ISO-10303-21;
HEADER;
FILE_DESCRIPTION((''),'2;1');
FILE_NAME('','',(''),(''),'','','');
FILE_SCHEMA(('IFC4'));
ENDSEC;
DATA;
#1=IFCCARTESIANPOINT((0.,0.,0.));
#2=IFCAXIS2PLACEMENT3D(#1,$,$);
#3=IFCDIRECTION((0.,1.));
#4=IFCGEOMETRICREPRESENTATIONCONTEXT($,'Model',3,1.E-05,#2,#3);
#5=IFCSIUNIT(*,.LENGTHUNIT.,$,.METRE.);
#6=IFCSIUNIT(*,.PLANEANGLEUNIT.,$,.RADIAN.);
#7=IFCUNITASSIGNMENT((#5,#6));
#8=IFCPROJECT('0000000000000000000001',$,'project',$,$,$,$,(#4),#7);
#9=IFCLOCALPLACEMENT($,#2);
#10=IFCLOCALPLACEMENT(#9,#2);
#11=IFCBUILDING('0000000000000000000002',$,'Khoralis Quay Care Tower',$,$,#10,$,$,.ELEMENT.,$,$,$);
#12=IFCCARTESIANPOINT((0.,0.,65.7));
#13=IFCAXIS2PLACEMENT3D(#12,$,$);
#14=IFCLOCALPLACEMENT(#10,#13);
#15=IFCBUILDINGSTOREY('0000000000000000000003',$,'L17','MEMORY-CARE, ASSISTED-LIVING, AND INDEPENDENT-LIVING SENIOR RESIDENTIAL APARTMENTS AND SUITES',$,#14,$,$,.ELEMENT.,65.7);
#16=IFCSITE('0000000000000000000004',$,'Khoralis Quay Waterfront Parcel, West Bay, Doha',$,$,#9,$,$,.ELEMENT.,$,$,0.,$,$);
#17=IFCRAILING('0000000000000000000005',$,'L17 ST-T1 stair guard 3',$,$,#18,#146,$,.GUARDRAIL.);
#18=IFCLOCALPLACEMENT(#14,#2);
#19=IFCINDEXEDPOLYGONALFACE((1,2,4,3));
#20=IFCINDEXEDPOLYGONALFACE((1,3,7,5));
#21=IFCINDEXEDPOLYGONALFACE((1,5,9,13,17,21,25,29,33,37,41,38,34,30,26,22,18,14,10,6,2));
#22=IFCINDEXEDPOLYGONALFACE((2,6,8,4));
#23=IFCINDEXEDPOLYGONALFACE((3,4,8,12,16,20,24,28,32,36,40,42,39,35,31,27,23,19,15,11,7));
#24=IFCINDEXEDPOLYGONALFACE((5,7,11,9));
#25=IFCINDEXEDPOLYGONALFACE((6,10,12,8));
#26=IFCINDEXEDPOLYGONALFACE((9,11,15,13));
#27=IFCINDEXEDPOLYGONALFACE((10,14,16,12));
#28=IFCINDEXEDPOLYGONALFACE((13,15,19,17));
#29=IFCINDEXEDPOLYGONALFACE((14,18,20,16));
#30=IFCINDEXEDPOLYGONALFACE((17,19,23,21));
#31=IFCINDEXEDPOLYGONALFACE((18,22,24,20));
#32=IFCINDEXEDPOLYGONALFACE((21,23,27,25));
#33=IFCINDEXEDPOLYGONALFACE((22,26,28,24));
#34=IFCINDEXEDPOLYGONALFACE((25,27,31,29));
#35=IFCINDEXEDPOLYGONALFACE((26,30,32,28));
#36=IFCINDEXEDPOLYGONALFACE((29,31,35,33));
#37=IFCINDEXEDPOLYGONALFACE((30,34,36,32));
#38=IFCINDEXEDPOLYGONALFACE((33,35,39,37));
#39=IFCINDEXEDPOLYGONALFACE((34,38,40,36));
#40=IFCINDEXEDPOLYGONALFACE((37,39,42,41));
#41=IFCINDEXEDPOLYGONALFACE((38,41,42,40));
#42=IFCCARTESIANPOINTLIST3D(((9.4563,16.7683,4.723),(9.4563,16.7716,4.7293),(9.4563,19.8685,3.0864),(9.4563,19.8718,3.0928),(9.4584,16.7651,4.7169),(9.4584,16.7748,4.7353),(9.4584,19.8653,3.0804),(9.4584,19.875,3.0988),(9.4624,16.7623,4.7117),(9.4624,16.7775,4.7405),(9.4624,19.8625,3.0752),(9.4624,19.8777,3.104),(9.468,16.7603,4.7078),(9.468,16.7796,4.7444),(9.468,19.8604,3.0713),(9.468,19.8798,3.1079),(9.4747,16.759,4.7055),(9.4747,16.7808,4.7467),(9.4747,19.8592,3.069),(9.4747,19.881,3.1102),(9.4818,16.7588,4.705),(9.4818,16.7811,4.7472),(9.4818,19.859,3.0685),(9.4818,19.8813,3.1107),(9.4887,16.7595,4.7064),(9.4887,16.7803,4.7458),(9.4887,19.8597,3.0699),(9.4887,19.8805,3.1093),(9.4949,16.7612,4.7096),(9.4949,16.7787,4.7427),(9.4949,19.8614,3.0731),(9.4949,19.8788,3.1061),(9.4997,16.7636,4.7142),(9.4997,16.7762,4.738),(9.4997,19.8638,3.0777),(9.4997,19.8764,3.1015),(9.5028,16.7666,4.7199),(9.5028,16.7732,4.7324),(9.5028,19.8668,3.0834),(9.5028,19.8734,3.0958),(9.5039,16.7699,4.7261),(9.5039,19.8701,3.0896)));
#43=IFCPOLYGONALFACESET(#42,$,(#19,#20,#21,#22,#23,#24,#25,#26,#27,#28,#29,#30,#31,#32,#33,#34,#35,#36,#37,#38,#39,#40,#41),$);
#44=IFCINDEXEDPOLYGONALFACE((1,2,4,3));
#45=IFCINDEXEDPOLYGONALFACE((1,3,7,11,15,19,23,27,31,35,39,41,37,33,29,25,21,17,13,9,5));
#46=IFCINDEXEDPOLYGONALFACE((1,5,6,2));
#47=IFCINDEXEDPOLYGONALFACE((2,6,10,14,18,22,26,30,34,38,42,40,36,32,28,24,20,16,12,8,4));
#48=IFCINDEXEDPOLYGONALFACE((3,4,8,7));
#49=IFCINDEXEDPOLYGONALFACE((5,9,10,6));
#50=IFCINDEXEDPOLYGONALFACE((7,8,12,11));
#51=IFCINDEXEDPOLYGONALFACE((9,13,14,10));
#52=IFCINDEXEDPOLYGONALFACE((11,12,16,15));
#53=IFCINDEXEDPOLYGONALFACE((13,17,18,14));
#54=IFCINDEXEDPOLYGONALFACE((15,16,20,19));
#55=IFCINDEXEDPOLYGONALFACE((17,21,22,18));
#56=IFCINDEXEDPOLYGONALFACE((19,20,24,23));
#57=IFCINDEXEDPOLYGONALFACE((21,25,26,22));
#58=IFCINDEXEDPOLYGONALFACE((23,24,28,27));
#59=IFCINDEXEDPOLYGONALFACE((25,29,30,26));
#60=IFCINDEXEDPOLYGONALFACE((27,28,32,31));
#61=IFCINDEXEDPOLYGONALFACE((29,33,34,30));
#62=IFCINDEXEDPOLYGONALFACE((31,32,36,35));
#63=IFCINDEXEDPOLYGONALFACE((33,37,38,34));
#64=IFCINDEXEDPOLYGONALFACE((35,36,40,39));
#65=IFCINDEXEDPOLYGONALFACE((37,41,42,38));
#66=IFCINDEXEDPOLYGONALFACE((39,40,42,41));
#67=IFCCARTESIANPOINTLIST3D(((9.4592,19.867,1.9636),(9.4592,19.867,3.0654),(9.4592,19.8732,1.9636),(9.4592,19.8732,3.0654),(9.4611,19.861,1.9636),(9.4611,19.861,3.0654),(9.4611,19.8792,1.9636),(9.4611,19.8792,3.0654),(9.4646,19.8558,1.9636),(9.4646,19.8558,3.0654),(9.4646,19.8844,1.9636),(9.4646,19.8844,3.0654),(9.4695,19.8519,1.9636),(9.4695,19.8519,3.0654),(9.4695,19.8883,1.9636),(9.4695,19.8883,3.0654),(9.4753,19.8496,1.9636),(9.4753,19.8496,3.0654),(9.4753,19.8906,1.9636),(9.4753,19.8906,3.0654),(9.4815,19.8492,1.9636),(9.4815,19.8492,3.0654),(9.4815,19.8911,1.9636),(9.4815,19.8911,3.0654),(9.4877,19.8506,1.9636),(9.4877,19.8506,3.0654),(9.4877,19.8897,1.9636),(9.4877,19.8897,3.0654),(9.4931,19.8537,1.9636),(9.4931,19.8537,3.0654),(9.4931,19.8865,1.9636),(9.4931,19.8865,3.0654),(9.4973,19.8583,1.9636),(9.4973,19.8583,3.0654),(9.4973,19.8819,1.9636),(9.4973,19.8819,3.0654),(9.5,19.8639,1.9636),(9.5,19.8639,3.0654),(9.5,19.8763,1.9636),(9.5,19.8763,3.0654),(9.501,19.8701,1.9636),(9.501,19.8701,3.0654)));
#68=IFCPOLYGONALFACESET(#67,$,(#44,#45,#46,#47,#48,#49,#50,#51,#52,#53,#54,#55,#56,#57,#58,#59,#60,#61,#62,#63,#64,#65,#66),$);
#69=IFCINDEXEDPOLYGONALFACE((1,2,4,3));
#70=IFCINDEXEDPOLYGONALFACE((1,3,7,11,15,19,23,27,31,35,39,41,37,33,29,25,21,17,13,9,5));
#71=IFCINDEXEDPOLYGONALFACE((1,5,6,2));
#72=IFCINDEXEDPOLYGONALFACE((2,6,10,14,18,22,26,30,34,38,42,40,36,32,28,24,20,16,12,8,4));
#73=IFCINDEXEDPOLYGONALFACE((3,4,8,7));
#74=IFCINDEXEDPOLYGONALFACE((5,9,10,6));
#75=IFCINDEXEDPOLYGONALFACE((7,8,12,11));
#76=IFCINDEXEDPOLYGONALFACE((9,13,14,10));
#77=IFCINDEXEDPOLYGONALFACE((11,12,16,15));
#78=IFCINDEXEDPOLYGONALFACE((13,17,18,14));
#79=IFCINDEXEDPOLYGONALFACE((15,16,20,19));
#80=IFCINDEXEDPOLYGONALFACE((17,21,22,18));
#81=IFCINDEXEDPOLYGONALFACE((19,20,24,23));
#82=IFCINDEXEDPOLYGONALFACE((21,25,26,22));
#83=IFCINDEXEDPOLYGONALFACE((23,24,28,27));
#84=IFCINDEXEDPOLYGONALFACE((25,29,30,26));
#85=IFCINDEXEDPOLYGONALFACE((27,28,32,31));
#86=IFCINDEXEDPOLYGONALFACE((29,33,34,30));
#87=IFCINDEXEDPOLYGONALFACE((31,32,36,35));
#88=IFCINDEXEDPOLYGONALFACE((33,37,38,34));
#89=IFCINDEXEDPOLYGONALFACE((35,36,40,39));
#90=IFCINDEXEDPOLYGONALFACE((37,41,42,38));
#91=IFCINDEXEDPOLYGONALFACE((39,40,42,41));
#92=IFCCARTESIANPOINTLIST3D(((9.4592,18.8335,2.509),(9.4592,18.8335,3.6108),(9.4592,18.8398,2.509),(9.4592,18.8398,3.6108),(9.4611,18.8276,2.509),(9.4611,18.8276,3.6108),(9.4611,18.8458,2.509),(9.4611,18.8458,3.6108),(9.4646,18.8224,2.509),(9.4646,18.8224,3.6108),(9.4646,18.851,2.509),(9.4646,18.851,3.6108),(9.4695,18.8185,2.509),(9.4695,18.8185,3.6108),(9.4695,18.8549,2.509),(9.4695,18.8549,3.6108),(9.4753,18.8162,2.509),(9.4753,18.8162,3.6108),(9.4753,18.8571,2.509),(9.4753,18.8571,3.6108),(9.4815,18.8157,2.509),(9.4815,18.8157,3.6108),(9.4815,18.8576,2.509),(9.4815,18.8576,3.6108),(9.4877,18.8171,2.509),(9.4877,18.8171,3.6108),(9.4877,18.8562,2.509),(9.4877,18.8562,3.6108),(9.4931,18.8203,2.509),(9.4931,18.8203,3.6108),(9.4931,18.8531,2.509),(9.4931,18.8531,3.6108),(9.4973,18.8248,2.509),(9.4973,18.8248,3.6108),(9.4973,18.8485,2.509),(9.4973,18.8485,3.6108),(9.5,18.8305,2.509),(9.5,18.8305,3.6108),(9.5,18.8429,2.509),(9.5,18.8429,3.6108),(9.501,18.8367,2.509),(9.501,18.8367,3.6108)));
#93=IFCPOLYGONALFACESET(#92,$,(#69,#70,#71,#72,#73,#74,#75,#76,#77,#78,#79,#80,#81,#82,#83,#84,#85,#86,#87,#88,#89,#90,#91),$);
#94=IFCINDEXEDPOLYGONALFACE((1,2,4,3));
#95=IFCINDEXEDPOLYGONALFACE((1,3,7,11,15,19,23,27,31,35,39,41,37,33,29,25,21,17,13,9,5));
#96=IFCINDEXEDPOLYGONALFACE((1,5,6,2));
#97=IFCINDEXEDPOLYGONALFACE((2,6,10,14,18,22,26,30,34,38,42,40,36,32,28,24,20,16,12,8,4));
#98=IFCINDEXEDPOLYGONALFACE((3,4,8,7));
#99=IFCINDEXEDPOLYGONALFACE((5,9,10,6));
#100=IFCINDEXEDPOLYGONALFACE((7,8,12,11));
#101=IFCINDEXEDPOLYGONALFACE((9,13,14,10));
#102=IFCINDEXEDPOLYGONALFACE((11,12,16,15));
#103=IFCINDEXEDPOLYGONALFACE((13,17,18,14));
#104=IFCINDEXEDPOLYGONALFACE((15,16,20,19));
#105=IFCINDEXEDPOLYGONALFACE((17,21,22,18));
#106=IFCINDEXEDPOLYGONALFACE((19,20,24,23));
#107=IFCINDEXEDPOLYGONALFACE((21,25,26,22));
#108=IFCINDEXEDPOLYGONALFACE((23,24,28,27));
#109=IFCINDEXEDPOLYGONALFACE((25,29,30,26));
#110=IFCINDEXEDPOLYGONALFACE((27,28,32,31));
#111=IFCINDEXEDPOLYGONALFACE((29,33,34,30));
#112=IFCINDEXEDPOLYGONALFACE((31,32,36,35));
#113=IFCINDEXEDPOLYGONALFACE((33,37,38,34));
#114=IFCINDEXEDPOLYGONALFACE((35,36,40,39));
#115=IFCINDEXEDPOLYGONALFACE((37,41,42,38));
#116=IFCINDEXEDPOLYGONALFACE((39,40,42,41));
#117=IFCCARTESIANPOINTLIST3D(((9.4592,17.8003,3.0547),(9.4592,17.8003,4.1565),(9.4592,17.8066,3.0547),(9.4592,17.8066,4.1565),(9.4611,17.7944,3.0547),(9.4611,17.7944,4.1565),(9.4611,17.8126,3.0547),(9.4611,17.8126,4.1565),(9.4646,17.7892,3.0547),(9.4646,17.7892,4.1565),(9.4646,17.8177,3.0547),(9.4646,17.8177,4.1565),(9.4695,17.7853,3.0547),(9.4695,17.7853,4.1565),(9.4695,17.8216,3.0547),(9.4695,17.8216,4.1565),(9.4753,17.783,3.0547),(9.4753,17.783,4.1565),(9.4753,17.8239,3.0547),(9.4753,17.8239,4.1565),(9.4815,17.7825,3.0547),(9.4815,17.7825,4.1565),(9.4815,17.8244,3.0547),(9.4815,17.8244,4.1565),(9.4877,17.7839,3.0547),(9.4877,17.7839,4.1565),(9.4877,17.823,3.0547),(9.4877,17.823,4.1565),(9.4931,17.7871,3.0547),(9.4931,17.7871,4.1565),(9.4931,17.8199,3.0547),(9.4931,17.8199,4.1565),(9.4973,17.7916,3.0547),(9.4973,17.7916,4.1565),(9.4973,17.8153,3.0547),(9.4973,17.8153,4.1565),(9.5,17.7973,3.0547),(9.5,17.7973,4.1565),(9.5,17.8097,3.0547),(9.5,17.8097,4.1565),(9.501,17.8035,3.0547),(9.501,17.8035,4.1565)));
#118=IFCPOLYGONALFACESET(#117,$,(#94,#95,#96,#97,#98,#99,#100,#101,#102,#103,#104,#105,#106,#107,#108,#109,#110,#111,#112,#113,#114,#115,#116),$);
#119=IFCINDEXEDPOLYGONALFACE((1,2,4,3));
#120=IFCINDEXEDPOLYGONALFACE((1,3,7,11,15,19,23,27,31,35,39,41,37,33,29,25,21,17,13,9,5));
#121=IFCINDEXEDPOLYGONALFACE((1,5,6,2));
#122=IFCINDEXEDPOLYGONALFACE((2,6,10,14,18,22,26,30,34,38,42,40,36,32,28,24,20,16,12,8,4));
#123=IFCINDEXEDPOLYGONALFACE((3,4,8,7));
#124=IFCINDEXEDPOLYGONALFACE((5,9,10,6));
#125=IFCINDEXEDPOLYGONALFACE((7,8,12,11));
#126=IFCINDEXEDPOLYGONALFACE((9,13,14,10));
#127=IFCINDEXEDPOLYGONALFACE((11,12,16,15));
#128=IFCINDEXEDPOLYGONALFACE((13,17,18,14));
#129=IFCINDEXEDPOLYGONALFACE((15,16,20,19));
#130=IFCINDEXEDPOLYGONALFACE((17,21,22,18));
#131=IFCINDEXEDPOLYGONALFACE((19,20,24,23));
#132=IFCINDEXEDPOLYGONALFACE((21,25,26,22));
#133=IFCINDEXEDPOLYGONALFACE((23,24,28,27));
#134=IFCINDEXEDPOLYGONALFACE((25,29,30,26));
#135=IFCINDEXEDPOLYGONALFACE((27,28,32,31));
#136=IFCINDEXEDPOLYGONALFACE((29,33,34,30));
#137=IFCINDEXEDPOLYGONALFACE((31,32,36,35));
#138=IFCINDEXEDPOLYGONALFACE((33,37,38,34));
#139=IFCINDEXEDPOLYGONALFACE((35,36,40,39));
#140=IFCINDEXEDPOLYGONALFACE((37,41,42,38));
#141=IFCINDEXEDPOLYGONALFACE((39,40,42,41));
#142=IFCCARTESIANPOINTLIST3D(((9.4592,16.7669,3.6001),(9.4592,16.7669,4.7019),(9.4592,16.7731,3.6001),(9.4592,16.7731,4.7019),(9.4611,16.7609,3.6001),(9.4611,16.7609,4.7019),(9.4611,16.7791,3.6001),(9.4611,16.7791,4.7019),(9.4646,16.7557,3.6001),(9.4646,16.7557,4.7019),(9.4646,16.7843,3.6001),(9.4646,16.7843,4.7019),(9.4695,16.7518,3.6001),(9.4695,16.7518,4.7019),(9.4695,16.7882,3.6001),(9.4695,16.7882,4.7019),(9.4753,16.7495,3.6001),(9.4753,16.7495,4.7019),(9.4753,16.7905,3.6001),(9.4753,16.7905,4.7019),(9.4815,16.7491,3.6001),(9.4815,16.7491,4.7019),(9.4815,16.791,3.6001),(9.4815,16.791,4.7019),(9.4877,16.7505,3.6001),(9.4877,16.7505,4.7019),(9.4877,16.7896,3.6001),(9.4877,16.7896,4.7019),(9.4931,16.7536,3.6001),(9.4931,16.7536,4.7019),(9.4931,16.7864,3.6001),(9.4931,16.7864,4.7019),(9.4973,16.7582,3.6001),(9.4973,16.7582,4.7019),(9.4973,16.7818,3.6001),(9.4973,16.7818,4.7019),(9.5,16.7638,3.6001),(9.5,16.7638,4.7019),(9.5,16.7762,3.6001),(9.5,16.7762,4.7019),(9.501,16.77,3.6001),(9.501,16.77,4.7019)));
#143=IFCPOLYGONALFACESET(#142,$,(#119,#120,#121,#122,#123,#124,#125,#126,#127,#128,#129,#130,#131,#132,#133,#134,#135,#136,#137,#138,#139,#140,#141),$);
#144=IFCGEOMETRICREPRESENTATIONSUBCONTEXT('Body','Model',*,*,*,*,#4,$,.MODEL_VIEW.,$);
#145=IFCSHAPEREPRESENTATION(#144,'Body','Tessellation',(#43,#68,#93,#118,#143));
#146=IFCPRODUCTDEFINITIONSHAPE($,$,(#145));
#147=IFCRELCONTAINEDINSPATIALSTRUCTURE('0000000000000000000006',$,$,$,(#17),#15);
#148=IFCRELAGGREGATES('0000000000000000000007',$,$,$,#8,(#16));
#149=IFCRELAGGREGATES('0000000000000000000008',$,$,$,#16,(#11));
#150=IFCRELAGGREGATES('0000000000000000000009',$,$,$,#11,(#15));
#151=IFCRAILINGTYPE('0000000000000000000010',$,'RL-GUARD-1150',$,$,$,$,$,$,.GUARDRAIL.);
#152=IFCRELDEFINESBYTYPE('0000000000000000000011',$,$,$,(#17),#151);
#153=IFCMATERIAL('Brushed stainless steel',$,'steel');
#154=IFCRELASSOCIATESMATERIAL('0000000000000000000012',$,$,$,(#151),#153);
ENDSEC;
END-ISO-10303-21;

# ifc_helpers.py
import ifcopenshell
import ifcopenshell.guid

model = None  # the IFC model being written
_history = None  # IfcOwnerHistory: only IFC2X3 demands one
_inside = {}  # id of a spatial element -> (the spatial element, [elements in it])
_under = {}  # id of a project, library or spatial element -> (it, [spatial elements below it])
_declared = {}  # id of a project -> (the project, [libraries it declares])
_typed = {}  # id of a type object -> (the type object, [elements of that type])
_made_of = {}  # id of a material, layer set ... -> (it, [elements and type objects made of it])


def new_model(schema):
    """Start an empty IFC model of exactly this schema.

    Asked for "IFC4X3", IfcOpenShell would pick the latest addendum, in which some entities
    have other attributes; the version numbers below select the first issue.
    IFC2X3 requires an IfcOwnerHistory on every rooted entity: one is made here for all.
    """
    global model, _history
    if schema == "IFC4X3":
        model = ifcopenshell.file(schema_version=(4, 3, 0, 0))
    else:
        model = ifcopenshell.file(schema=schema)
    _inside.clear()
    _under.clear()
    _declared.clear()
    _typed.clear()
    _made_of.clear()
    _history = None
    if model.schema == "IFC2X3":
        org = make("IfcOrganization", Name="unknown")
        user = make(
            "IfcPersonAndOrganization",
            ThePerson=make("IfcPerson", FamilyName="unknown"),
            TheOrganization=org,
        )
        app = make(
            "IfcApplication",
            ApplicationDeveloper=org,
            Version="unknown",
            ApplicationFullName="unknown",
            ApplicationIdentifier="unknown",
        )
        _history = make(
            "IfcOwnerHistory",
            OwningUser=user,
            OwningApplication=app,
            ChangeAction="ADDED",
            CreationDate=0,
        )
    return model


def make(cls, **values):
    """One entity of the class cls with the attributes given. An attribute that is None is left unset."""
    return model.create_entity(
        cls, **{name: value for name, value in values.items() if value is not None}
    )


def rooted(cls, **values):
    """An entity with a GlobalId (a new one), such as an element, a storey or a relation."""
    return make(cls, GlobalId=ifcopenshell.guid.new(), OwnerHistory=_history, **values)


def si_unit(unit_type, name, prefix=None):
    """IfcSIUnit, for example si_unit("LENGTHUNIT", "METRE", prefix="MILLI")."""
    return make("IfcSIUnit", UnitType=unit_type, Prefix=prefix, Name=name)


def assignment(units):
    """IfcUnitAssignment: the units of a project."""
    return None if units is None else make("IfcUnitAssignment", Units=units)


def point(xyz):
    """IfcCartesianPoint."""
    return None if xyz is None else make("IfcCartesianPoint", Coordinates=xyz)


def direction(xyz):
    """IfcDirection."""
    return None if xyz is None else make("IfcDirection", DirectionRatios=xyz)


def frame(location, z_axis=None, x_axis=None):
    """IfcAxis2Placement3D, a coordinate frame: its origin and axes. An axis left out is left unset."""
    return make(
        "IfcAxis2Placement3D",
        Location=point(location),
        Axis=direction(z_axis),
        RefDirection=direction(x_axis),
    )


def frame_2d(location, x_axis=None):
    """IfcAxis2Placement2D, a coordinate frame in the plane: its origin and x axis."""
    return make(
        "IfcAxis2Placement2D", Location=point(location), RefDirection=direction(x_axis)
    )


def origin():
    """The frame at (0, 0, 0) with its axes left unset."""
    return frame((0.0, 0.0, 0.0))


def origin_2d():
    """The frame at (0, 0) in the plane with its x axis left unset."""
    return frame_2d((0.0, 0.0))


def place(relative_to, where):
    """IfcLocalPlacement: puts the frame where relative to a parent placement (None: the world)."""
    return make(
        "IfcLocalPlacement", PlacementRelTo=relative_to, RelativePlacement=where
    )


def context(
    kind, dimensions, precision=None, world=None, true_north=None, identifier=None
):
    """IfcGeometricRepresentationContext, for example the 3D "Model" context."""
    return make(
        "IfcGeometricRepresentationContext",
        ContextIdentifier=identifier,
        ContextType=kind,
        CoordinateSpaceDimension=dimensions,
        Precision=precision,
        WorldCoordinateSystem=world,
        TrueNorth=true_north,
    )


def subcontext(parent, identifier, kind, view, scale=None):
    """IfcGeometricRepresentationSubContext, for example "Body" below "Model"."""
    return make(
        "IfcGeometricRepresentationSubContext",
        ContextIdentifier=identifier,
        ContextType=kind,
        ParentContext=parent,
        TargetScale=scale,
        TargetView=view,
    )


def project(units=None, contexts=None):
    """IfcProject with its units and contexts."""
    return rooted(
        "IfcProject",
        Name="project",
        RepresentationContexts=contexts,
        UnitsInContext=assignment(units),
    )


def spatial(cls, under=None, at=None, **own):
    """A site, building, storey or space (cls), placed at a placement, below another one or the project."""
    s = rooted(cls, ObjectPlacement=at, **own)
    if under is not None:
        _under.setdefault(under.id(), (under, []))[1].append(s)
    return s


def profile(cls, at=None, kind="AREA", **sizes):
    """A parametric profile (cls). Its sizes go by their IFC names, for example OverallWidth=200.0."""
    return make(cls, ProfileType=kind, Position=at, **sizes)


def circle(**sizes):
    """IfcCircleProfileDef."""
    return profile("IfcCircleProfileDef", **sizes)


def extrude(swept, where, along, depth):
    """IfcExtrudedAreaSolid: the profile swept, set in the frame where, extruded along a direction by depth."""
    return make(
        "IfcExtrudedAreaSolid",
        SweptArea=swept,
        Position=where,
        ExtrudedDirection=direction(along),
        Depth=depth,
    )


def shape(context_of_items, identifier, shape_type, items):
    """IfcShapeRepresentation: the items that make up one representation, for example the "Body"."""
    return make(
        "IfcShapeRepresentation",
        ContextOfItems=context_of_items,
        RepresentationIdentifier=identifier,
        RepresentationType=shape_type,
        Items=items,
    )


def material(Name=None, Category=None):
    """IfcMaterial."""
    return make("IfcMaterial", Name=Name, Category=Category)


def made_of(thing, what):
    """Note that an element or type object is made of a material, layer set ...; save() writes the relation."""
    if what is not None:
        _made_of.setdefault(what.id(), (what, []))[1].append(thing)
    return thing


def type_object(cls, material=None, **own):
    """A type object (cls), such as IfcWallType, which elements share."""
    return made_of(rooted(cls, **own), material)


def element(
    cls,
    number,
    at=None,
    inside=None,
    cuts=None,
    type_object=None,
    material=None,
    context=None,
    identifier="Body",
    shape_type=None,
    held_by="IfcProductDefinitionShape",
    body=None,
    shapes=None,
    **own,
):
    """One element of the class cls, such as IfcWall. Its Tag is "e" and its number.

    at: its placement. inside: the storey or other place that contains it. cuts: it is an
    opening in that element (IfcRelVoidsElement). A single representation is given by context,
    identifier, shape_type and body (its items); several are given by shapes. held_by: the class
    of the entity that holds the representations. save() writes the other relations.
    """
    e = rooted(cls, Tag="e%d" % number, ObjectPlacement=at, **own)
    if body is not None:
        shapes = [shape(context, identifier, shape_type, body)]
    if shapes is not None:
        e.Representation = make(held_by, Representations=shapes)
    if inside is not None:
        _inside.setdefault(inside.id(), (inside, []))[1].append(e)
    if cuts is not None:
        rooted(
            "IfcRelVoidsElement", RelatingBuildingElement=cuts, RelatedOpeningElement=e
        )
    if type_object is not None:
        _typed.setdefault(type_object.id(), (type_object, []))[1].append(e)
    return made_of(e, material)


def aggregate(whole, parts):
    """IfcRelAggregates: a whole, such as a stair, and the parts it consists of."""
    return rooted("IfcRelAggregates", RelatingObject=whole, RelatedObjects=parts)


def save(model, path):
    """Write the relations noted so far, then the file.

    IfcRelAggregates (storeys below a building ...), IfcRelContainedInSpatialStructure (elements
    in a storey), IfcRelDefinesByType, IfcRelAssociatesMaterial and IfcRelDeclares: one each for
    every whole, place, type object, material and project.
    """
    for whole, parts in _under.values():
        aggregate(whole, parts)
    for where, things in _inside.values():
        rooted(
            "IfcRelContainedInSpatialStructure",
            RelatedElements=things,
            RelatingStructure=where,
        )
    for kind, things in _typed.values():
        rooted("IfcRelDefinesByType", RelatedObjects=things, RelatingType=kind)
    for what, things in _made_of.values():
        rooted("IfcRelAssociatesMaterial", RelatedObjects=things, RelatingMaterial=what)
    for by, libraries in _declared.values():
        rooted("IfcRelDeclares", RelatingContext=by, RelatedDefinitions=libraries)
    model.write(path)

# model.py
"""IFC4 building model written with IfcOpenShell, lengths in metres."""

from ifc_helpers import new_model, si_unit, direction, frame, origin, origin_2d, place, context, subcontext, project, spatial, circle, extrude, material, type_object, element, save


model = new_model("IFC4")

# Units and contexts
model_context = context("Model", 3, precision=1e-05, world=origin(), true_north=direction((0.0, 1.0)))
body_context = subcontext(model_context, "Body", "Model", "MODEL_VIEW")
ifc_project = project(units=[si_unit("LENGTHUNIT", "METRE"), si_unit("PLANEANGLEUNIT", "RADIAN")], contexts=[model_context])

# Site, building, storey
site_placement = place(None, origin())
site = spatial("IfcSite", under=ifc_project, at=site_placement, Name="Khoralis Quay Waterfront Parcel, West Bay, Doha", CompositionType="ELEMENT", RefElevation=0.0)
building_placement = place(site_placement, origin())
building = spatial("IfcBuilding", under=site, at=building_placement, Name="Khoralis Quay Care Tower", CompositionType="ELEMENT")
storey_placement = place(building_placement, frame((0.0, 0.0, 65.7)))
storey = spatial("IfcBuildingStorey", under=building, at=storey_placement, Name="L17", Description="MEMORY-CARE, ASSISTED-LIVING, AND INDEPENDENT-LIVING SENIOR RESIDENTIAL APARTMENTS AND SUITES", CompositionType="ELEMENT", Elevation=65.7)

# Shared definitions
ifc_material_1 = material(Name="Brushed stainless steel", Category="steel")

# Railing
railing_type_1 = type_object("IfcRailingType", Name="RL-GUARD-1150", PredefinedType="GUARDRAIL", material=ifc_material_1)
railing_1_placement = place(storey_placement, frame((9.48, 19.8701, 1.9636)))
element("IfcRailing", 1, at=railing_1_placement, inside=storey, type_object=railing_type_1, Name="L17 ST-T1 stair guard 3", PredefinedType="GUARDRAIL", context=body_context, shape_type="SweptSolid", body=[
    extrude(circle(Radius=0.0239, at=origin_2d()), frame((0.0, 0.0, 1.126), z_axis=(0.0, -0.884348, 0.466828), x_axis=(1.0, 0.0, 0.0)), (0.0, 0.0, 1.0), 3.5056),
    extrude(circle(Radius=0.021, at=origin_2d()), origin(), (0.0, 0.0, 1.0), 1.1018),
    extrude(circle(Radius=0.021, at=origin_2d()), frame((0.0, -1.0334, 0.5454)), (0.0, 0.0, 1.0), 1.1018),
    extrude(circle(Radius=0.021, at=origin_2d()), frame((0.0, -2.0667, 1.0911)), (0.0, 0.0, 1.0), 1.1018),
    extrude(circle(Radius=0.021, at=origin_2d()), frame((0.0, -3.1001, 1.6365)), (0.0, 0.0, 1.0), 1.1018),
])

save(model, "model.ifc")
